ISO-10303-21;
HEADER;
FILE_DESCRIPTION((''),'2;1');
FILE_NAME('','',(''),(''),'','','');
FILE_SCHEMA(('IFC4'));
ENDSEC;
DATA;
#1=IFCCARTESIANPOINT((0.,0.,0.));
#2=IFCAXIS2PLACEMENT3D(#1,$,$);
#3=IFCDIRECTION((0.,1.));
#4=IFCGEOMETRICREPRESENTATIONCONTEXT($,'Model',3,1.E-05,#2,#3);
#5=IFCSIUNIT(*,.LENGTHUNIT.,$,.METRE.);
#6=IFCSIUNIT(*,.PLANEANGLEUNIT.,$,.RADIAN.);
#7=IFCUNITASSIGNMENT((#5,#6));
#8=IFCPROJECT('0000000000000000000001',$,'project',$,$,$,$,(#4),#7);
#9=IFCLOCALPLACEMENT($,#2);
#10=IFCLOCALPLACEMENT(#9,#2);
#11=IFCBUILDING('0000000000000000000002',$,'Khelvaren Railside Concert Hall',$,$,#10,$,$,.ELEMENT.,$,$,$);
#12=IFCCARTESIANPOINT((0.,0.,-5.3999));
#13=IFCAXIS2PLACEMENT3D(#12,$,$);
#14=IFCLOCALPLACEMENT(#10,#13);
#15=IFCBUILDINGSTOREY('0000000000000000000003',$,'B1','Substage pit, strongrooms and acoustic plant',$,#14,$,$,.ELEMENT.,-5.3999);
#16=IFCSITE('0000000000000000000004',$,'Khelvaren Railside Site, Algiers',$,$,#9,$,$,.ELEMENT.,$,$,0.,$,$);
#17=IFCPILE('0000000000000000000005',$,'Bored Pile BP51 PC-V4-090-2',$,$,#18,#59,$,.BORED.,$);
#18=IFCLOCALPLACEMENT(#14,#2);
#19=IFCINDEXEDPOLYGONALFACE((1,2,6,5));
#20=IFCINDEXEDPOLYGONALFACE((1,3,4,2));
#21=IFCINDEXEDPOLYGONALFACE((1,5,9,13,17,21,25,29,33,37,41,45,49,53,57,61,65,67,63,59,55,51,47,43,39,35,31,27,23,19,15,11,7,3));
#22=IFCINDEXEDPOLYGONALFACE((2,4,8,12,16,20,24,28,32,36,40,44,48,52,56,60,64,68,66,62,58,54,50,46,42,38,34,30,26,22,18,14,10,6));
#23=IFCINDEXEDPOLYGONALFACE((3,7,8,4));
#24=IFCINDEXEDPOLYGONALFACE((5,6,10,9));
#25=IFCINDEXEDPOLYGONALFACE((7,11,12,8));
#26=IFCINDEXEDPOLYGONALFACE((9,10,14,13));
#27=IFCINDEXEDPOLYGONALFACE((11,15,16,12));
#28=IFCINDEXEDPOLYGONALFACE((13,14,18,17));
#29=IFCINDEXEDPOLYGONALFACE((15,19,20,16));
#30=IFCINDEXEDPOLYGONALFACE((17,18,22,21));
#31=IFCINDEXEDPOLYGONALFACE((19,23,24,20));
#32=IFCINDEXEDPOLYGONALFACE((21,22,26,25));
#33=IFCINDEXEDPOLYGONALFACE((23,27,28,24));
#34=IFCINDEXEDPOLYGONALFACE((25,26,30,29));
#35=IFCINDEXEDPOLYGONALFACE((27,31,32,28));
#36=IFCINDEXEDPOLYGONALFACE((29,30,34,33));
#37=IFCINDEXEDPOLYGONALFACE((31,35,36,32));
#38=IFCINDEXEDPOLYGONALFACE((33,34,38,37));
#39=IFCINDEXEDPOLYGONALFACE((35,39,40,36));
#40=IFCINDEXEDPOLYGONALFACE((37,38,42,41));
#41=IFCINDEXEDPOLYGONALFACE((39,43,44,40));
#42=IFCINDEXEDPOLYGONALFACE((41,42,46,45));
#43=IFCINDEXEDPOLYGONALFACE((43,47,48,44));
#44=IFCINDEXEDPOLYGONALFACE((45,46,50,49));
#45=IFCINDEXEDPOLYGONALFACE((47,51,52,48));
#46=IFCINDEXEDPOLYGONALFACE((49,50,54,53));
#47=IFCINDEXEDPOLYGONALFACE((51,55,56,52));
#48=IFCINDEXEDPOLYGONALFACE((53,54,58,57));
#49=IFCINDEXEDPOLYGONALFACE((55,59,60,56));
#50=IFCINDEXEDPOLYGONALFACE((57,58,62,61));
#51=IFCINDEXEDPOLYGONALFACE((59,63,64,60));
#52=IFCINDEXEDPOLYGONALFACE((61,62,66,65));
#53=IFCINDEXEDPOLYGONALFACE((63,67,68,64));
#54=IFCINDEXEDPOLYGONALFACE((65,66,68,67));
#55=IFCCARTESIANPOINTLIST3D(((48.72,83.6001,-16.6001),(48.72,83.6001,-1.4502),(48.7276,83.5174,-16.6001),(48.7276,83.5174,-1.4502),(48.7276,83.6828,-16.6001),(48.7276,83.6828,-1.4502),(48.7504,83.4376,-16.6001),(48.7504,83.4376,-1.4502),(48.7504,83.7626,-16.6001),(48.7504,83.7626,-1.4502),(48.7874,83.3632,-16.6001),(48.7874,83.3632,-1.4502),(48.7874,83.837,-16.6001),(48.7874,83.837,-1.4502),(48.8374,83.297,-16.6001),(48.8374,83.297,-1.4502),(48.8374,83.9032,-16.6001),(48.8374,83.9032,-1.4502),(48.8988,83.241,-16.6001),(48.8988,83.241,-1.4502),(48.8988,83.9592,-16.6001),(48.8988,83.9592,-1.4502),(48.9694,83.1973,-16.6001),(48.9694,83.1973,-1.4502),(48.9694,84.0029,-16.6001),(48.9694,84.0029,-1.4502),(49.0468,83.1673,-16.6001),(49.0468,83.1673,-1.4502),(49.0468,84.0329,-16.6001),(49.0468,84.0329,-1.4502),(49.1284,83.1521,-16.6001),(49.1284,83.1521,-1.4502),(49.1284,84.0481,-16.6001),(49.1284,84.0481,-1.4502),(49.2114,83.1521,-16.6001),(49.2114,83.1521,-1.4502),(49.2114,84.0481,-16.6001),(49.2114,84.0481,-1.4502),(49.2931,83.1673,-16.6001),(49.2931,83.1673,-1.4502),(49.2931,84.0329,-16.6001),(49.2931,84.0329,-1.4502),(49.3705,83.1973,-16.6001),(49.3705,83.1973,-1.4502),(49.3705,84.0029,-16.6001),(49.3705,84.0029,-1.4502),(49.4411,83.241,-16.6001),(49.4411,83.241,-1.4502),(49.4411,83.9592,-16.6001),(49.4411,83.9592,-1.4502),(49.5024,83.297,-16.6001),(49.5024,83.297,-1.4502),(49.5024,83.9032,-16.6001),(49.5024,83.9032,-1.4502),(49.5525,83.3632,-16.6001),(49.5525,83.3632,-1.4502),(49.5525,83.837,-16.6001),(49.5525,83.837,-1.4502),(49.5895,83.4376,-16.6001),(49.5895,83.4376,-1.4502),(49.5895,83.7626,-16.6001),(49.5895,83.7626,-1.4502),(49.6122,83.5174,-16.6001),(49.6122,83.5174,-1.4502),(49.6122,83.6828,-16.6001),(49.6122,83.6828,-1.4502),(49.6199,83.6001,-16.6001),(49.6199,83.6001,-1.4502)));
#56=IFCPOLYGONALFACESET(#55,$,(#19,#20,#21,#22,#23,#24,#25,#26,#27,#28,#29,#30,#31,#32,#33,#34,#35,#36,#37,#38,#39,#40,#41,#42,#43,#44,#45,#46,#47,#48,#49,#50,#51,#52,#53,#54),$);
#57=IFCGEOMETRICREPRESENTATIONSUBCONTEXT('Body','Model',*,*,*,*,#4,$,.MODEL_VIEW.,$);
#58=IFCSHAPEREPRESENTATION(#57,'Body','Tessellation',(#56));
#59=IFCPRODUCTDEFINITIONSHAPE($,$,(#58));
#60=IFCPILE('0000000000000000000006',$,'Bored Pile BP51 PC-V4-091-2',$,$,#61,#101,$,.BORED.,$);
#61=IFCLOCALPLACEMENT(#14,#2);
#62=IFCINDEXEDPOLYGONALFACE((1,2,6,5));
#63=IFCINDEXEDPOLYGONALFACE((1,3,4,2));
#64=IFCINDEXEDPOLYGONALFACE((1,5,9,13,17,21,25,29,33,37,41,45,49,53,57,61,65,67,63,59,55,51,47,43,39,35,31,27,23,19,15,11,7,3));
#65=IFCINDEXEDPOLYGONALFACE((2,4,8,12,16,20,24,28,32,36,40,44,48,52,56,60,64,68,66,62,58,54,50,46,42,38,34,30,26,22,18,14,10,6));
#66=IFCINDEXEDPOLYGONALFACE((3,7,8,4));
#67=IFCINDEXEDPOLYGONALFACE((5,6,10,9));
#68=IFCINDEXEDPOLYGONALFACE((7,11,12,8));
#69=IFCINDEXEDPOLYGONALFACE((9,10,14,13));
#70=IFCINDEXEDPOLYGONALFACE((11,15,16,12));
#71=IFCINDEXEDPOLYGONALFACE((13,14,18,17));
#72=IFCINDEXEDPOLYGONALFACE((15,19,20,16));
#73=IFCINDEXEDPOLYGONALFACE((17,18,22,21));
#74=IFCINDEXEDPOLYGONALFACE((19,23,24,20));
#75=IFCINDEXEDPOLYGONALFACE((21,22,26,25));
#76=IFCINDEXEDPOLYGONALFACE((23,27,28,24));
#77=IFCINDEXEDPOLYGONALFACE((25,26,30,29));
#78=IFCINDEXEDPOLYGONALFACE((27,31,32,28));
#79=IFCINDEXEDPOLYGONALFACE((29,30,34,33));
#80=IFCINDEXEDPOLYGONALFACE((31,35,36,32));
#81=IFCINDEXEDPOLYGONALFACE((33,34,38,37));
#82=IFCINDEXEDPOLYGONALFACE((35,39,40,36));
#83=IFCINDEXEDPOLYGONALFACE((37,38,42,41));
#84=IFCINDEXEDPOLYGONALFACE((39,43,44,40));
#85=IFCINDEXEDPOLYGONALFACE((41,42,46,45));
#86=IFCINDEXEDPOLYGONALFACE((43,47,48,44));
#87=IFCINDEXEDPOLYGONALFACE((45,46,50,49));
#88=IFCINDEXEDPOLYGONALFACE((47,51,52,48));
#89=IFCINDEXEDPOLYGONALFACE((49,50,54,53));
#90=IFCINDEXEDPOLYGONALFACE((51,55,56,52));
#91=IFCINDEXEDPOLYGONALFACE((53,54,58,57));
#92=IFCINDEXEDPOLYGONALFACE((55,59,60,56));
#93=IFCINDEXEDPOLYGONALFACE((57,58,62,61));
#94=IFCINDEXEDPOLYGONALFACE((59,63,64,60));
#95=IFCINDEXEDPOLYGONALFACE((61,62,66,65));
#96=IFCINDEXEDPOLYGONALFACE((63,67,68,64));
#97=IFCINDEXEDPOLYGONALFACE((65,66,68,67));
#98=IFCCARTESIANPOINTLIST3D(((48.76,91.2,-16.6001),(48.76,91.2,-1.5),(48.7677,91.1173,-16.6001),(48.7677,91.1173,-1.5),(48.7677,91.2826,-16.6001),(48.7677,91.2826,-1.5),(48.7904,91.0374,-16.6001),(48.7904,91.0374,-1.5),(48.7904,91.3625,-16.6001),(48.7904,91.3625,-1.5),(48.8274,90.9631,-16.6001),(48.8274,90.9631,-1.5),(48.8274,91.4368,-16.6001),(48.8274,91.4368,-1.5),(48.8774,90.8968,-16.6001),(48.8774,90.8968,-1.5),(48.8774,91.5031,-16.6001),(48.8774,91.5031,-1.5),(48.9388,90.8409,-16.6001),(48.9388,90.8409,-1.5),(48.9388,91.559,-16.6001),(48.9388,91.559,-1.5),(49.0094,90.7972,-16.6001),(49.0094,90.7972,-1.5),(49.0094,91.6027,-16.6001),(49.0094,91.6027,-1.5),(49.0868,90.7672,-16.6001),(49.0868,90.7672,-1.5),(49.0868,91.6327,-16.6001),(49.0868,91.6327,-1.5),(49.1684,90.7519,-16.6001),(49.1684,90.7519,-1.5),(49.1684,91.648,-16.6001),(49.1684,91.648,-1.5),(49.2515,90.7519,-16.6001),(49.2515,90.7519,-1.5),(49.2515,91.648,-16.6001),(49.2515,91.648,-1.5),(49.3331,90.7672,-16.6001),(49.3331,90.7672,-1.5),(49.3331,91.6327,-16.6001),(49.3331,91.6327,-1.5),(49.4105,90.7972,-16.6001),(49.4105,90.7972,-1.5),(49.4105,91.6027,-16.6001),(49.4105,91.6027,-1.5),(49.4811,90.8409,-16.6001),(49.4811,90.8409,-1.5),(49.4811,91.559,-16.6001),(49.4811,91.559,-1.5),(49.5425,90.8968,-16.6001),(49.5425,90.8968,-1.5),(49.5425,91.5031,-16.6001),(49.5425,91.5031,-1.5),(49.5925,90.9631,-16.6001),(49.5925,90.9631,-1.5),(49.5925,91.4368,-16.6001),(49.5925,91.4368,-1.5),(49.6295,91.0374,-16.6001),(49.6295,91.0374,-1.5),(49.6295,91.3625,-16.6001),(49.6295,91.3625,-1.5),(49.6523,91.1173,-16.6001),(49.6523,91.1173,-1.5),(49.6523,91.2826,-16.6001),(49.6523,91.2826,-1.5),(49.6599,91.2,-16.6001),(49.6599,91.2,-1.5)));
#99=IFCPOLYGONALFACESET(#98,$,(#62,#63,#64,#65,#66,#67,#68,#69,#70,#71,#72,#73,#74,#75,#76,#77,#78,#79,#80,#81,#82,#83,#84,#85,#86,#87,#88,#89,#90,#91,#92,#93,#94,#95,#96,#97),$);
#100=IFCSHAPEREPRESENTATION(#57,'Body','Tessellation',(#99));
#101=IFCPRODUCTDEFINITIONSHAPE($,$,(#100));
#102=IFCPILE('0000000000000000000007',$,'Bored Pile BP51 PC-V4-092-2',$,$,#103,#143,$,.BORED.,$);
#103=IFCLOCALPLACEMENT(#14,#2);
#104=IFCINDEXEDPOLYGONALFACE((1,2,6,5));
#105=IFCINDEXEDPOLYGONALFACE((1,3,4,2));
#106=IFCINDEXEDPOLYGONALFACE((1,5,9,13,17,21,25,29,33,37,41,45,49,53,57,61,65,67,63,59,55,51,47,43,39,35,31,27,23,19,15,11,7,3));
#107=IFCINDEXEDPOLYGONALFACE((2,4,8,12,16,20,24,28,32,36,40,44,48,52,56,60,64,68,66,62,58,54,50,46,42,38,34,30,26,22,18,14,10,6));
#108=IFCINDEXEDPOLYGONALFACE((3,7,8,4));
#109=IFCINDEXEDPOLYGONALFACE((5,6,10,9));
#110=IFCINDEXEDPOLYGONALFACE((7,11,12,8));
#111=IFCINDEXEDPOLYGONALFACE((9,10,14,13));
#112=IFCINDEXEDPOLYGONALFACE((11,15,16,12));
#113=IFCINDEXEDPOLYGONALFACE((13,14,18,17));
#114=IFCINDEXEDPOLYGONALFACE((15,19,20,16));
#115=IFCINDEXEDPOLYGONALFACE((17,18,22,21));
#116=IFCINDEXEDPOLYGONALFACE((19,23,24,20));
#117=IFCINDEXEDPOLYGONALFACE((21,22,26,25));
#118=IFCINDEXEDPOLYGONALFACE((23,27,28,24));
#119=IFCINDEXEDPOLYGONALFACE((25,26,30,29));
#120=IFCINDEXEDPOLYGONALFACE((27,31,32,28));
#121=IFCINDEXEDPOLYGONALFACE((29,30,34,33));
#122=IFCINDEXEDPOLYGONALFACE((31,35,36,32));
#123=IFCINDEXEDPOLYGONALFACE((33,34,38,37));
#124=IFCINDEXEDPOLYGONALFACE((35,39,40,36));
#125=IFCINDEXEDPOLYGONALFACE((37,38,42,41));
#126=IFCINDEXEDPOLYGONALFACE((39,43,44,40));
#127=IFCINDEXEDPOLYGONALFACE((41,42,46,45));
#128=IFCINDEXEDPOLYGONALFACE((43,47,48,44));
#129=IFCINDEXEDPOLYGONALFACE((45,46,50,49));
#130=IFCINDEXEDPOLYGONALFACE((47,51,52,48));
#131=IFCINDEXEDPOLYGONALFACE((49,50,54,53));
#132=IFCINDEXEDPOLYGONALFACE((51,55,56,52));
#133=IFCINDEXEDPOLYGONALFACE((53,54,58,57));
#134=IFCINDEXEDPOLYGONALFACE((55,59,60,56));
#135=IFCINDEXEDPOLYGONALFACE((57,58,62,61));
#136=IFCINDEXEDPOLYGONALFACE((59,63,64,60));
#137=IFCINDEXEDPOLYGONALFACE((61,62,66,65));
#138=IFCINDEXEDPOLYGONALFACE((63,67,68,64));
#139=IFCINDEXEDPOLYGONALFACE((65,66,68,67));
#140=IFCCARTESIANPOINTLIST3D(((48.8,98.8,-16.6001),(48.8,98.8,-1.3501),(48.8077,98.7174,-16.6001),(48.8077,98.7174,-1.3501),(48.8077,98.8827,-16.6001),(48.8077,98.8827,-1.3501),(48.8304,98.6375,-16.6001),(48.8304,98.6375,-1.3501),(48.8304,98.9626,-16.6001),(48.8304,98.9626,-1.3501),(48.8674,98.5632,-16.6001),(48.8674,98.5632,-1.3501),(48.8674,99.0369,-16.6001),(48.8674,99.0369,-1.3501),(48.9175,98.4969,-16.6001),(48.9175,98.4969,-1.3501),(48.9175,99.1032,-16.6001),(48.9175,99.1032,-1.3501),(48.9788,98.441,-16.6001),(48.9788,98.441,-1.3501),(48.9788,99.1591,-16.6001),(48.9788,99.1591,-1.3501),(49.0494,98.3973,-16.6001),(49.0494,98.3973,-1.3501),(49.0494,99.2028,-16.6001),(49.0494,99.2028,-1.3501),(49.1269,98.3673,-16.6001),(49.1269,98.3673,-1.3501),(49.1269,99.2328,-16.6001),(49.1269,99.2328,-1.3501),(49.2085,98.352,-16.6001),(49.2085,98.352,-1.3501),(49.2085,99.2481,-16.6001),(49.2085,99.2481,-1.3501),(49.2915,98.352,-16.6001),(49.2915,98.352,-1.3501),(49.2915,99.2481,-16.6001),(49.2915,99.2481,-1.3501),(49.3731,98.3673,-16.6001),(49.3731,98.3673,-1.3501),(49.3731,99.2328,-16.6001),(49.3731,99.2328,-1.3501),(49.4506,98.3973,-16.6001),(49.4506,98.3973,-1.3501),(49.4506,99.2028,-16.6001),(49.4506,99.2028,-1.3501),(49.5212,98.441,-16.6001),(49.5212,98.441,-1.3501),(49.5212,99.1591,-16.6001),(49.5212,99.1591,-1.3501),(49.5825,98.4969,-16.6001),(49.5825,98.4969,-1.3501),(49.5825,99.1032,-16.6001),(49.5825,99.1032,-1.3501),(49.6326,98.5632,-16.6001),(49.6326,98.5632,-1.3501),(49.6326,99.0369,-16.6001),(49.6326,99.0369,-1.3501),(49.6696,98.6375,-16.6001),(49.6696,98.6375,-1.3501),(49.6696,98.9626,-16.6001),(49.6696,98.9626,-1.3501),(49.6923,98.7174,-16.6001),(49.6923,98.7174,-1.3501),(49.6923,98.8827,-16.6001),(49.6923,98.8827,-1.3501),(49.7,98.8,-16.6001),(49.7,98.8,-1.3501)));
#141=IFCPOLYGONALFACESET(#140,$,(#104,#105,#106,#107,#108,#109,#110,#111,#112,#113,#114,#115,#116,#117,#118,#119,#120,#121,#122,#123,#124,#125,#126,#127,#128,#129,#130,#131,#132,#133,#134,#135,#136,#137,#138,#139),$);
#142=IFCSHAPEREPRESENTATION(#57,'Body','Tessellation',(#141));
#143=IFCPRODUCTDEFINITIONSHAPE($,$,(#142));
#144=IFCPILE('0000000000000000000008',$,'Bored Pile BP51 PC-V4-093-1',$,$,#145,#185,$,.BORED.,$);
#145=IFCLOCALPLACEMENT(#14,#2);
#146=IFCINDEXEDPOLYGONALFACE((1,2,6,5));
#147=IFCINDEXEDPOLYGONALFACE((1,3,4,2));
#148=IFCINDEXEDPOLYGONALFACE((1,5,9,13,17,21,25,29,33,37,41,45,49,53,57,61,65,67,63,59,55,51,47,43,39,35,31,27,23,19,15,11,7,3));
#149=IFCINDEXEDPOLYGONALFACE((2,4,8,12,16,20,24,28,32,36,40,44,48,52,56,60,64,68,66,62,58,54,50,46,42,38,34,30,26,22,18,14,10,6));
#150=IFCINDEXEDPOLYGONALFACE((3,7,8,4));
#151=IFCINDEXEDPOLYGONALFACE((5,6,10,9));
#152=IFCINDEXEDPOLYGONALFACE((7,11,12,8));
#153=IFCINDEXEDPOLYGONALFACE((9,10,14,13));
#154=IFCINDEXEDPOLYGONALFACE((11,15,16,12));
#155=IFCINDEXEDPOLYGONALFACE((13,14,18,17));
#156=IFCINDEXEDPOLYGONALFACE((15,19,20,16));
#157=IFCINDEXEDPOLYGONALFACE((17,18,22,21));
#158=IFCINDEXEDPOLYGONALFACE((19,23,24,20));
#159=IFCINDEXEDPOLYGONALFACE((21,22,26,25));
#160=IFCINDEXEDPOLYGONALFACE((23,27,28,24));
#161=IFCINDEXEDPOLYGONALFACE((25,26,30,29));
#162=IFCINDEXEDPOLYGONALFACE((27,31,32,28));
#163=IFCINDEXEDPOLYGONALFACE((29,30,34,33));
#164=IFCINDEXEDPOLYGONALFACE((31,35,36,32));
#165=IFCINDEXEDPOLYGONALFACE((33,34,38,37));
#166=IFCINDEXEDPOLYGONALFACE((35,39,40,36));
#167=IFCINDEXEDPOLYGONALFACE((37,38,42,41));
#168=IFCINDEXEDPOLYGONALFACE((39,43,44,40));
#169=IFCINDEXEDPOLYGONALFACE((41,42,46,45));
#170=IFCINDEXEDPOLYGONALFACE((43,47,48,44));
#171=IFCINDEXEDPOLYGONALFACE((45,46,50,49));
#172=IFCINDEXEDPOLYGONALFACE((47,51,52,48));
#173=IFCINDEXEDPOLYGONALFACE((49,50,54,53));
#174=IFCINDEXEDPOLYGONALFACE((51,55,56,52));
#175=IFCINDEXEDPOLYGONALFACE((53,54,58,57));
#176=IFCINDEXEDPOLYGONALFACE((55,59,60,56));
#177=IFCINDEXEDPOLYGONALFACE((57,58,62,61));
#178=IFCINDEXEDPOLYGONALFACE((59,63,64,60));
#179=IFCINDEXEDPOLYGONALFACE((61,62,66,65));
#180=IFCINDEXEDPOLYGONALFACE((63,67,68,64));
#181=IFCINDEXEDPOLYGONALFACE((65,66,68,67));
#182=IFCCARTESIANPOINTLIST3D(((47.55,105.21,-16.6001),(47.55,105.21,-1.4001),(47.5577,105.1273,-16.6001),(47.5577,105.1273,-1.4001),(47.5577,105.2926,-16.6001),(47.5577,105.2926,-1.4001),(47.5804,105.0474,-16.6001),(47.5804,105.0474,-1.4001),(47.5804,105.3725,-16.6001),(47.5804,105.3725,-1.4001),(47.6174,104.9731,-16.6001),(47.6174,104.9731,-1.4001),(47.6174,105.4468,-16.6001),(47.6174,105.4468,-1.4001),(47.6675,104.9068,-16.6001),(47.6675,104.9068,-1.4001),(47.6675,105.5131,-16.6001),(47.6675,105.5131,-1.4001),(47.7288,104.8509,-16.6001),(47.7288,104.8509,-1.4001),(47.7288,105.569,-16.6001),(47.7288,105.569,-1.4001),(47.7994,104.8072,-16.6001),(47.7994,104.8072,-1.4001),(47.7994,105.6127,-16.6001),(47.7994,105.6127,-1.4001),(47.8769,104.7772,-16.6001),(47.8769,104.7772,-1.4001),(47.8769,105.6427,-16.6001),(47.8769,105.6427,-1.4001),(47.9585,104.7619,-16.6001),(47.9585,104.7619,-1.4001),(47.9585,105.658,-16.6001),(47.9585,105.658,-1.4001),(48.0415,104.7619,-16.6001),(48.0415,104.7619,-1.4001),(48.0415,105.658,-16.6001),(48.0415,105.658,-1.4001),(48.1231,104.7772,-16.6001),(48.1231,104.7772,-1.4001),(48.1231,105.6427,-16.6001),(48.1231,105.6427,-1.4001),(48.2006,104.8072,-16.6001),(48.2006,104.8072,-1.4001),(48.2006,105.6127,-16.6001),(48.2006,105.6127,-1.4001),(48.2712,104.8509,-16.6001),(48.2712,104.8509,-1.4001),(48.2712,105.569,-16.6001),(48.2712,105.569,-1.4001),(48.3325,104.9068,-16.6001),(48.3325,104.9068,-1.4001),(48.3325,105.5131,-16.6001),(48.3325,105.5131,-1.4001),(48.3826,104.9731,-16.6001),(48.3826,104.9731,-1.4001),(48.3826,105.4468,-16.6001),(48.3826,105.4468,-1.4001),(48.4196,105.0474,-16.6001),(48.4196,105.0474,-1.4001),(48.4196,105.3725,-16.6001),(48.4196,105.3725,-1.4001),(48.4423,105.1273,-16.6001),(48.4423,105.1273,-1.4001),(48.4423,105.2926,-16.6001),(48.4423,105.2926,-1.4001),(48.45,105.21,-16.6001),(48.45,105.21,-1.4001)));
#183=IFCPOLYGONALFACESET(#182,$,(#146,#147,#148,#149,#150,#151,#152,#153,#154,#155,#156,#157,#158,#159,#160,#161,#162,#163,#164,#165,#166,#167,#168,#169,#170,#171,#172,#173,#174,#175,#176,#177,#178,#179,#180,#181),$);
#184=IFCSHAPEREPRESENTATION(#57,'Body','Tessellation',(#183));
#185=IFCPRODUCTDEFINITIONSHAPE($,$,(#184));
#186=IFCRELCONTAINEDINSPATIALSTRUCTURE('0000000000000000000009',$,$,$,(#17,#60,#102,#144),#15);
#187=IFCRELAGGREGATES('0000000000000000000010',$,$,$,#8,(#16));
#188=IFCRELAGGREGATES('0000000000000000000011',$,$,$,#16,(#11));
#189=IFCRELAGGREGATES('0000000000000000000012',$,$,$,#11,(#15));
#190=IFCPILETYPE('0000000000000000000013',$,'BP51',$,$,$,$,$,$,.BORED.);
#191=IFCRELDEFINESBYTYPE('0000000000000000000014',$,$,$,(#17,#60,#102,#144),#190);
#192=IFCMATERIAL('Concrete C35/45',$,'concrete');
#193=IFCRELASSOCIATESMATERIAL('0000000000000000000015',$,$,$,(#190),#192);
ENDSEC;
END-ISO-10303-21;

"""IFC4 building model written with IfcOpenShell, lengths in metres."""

from ifc_helpers import new_model, si_unit, direction, frame, origin, origin_2d, place, context, subcontext, project, spatial, circle, extrude, material, material_profile, profile_set, type_object, element, save


model = new_model("IFC4")

# Units and contexts
model_context = context("Model", 3, precision=1e-05, world=origin(), true_north=direction((0.0, 1.0)))
body_context = subcontext(model_context, "Body", "Model", "MODEL_VIEW")
ifc_project = project(units=[si_unit("LENGTHUNIT", "METRE"), si_unit("PLANEANGLEUNIT", "RADIAN")], contexts=[model_context])

# Site, building, storey
site_placement = place(None, origin())
site = spatial("IfcSite", under=ifc_project, at=site_placement, Name="Khelvaren Railside Site, Algiers", CompositionType="ELEMENT", RefElevation=0.0)
building_placement = place(site_placement, origin())
building = spatial("IfcBuilding", under=site, at=building_placement, Name="Khelvaren Railside Concert Hall", CompositionType="ELEMENT")
storey_placement = place(building_placement, frame((0.0, 0.0, -5.3999)))
storey = spatial("IfcBuildingStorey", under=building, at=storey_placement, Name="B1", Description="Substage pit, strongrooms and acoustic plant", CompositionType="ELEMENT", Elevation=-5.3999)

# Piles
ifc_material_1 = material(Name="Concrete C35/45", Category="concrete")
ifc_material_profile_1 = material_profile(ifc_material_1, circle(Radius=0.45, at=origin_2d()), Name="BP D900")
ifc_profile_set_1 = profile_set([ifc_material_profile_1], Name="Concrete C35/45")
pile_type_1 = type_object("IfcPileType", Name="BP51", PredefinedType="BORED", material=ifc_profile_set_1)
pile_1_placement = place(storey_placement, frame((49.1699, 83.6001, -1.4502), z_axis=(0.0, 0.0, -1.0), x_axis=(1.0, 0.0, 0.0)))
element("IfcPile", 1, at=pile_1_placement, inside=storey, type_object=pile_type_1, Name="Bored Pile BP51 PC-V4-090-2", PredefinedType="BORED", context=body_context, shape_type="SweptSolid", body=[
    extrude(circle(Radius=0.45, at=origin_2d()), origin(), (0.0, 0.0, 1.0), 15.1499),
])
pile_2_placement = place(storey_placement, frame((49.21, 91.2, -1.5), z_axis=(0.0, 0.0, -1.0), x_axis=(1.0, 0.0, 0.0)))
element("IfcPile", 2, at=pile_2_placement, inside=storey, type_object=pile_type_1, Name="Bored Pile BP51 PC-V4-091-2", PredefinedType="BORED", context=body_context, shape_type="SweptSolid", body=[
    extrude(circle(Radius=0.45, at=origin_2d()), origin(), (0.0, 0.0, 1.0), 15.1001),
])
pile_3_placement = place(storey_placement, frame((49.25, 98.8, -1.3501), z_axis=(0.0, 0.0, -1.0), x_axis=(1.0, 0.0, 0.0)))
element("IfcPile", 3, at=pile_3_placement, inside=storey, type_object=pile_type_1, Name="Bored Pile BP51 PC-V4-092-2", PredefinedType="BORED", context=body_context, shape_type="SweptSolid", body=[
    extrude(circle(Radius=0.45, at=origin_2d()), origin(), (0.0, 0.0, 1.0), 15.25),
])
for number, where, z_axis, x_axis, name in (
    (4, (48.0, 105.21, -1.4001), (0.0, 0.0, -1.0), (1.0, 0.0, 0.0), "Bored Pile BP51 PC-V4-093-1"),
):
    element("IfcPile", number, at=place(storey_placement, frame(where, z_axis=z_axis, x_axis=x_axis)), inside=storey, type_object=pile_type_1, Name=name, PredefinedType="BORED", context=body_context, shape_type="SweptSolid", body=[
        extrude(circle(Radius=0.45, at=origin_2d()), origin(), (0.0, 0.0, 1.0), 15.2),
    ])

save(model, "model.ifc")
